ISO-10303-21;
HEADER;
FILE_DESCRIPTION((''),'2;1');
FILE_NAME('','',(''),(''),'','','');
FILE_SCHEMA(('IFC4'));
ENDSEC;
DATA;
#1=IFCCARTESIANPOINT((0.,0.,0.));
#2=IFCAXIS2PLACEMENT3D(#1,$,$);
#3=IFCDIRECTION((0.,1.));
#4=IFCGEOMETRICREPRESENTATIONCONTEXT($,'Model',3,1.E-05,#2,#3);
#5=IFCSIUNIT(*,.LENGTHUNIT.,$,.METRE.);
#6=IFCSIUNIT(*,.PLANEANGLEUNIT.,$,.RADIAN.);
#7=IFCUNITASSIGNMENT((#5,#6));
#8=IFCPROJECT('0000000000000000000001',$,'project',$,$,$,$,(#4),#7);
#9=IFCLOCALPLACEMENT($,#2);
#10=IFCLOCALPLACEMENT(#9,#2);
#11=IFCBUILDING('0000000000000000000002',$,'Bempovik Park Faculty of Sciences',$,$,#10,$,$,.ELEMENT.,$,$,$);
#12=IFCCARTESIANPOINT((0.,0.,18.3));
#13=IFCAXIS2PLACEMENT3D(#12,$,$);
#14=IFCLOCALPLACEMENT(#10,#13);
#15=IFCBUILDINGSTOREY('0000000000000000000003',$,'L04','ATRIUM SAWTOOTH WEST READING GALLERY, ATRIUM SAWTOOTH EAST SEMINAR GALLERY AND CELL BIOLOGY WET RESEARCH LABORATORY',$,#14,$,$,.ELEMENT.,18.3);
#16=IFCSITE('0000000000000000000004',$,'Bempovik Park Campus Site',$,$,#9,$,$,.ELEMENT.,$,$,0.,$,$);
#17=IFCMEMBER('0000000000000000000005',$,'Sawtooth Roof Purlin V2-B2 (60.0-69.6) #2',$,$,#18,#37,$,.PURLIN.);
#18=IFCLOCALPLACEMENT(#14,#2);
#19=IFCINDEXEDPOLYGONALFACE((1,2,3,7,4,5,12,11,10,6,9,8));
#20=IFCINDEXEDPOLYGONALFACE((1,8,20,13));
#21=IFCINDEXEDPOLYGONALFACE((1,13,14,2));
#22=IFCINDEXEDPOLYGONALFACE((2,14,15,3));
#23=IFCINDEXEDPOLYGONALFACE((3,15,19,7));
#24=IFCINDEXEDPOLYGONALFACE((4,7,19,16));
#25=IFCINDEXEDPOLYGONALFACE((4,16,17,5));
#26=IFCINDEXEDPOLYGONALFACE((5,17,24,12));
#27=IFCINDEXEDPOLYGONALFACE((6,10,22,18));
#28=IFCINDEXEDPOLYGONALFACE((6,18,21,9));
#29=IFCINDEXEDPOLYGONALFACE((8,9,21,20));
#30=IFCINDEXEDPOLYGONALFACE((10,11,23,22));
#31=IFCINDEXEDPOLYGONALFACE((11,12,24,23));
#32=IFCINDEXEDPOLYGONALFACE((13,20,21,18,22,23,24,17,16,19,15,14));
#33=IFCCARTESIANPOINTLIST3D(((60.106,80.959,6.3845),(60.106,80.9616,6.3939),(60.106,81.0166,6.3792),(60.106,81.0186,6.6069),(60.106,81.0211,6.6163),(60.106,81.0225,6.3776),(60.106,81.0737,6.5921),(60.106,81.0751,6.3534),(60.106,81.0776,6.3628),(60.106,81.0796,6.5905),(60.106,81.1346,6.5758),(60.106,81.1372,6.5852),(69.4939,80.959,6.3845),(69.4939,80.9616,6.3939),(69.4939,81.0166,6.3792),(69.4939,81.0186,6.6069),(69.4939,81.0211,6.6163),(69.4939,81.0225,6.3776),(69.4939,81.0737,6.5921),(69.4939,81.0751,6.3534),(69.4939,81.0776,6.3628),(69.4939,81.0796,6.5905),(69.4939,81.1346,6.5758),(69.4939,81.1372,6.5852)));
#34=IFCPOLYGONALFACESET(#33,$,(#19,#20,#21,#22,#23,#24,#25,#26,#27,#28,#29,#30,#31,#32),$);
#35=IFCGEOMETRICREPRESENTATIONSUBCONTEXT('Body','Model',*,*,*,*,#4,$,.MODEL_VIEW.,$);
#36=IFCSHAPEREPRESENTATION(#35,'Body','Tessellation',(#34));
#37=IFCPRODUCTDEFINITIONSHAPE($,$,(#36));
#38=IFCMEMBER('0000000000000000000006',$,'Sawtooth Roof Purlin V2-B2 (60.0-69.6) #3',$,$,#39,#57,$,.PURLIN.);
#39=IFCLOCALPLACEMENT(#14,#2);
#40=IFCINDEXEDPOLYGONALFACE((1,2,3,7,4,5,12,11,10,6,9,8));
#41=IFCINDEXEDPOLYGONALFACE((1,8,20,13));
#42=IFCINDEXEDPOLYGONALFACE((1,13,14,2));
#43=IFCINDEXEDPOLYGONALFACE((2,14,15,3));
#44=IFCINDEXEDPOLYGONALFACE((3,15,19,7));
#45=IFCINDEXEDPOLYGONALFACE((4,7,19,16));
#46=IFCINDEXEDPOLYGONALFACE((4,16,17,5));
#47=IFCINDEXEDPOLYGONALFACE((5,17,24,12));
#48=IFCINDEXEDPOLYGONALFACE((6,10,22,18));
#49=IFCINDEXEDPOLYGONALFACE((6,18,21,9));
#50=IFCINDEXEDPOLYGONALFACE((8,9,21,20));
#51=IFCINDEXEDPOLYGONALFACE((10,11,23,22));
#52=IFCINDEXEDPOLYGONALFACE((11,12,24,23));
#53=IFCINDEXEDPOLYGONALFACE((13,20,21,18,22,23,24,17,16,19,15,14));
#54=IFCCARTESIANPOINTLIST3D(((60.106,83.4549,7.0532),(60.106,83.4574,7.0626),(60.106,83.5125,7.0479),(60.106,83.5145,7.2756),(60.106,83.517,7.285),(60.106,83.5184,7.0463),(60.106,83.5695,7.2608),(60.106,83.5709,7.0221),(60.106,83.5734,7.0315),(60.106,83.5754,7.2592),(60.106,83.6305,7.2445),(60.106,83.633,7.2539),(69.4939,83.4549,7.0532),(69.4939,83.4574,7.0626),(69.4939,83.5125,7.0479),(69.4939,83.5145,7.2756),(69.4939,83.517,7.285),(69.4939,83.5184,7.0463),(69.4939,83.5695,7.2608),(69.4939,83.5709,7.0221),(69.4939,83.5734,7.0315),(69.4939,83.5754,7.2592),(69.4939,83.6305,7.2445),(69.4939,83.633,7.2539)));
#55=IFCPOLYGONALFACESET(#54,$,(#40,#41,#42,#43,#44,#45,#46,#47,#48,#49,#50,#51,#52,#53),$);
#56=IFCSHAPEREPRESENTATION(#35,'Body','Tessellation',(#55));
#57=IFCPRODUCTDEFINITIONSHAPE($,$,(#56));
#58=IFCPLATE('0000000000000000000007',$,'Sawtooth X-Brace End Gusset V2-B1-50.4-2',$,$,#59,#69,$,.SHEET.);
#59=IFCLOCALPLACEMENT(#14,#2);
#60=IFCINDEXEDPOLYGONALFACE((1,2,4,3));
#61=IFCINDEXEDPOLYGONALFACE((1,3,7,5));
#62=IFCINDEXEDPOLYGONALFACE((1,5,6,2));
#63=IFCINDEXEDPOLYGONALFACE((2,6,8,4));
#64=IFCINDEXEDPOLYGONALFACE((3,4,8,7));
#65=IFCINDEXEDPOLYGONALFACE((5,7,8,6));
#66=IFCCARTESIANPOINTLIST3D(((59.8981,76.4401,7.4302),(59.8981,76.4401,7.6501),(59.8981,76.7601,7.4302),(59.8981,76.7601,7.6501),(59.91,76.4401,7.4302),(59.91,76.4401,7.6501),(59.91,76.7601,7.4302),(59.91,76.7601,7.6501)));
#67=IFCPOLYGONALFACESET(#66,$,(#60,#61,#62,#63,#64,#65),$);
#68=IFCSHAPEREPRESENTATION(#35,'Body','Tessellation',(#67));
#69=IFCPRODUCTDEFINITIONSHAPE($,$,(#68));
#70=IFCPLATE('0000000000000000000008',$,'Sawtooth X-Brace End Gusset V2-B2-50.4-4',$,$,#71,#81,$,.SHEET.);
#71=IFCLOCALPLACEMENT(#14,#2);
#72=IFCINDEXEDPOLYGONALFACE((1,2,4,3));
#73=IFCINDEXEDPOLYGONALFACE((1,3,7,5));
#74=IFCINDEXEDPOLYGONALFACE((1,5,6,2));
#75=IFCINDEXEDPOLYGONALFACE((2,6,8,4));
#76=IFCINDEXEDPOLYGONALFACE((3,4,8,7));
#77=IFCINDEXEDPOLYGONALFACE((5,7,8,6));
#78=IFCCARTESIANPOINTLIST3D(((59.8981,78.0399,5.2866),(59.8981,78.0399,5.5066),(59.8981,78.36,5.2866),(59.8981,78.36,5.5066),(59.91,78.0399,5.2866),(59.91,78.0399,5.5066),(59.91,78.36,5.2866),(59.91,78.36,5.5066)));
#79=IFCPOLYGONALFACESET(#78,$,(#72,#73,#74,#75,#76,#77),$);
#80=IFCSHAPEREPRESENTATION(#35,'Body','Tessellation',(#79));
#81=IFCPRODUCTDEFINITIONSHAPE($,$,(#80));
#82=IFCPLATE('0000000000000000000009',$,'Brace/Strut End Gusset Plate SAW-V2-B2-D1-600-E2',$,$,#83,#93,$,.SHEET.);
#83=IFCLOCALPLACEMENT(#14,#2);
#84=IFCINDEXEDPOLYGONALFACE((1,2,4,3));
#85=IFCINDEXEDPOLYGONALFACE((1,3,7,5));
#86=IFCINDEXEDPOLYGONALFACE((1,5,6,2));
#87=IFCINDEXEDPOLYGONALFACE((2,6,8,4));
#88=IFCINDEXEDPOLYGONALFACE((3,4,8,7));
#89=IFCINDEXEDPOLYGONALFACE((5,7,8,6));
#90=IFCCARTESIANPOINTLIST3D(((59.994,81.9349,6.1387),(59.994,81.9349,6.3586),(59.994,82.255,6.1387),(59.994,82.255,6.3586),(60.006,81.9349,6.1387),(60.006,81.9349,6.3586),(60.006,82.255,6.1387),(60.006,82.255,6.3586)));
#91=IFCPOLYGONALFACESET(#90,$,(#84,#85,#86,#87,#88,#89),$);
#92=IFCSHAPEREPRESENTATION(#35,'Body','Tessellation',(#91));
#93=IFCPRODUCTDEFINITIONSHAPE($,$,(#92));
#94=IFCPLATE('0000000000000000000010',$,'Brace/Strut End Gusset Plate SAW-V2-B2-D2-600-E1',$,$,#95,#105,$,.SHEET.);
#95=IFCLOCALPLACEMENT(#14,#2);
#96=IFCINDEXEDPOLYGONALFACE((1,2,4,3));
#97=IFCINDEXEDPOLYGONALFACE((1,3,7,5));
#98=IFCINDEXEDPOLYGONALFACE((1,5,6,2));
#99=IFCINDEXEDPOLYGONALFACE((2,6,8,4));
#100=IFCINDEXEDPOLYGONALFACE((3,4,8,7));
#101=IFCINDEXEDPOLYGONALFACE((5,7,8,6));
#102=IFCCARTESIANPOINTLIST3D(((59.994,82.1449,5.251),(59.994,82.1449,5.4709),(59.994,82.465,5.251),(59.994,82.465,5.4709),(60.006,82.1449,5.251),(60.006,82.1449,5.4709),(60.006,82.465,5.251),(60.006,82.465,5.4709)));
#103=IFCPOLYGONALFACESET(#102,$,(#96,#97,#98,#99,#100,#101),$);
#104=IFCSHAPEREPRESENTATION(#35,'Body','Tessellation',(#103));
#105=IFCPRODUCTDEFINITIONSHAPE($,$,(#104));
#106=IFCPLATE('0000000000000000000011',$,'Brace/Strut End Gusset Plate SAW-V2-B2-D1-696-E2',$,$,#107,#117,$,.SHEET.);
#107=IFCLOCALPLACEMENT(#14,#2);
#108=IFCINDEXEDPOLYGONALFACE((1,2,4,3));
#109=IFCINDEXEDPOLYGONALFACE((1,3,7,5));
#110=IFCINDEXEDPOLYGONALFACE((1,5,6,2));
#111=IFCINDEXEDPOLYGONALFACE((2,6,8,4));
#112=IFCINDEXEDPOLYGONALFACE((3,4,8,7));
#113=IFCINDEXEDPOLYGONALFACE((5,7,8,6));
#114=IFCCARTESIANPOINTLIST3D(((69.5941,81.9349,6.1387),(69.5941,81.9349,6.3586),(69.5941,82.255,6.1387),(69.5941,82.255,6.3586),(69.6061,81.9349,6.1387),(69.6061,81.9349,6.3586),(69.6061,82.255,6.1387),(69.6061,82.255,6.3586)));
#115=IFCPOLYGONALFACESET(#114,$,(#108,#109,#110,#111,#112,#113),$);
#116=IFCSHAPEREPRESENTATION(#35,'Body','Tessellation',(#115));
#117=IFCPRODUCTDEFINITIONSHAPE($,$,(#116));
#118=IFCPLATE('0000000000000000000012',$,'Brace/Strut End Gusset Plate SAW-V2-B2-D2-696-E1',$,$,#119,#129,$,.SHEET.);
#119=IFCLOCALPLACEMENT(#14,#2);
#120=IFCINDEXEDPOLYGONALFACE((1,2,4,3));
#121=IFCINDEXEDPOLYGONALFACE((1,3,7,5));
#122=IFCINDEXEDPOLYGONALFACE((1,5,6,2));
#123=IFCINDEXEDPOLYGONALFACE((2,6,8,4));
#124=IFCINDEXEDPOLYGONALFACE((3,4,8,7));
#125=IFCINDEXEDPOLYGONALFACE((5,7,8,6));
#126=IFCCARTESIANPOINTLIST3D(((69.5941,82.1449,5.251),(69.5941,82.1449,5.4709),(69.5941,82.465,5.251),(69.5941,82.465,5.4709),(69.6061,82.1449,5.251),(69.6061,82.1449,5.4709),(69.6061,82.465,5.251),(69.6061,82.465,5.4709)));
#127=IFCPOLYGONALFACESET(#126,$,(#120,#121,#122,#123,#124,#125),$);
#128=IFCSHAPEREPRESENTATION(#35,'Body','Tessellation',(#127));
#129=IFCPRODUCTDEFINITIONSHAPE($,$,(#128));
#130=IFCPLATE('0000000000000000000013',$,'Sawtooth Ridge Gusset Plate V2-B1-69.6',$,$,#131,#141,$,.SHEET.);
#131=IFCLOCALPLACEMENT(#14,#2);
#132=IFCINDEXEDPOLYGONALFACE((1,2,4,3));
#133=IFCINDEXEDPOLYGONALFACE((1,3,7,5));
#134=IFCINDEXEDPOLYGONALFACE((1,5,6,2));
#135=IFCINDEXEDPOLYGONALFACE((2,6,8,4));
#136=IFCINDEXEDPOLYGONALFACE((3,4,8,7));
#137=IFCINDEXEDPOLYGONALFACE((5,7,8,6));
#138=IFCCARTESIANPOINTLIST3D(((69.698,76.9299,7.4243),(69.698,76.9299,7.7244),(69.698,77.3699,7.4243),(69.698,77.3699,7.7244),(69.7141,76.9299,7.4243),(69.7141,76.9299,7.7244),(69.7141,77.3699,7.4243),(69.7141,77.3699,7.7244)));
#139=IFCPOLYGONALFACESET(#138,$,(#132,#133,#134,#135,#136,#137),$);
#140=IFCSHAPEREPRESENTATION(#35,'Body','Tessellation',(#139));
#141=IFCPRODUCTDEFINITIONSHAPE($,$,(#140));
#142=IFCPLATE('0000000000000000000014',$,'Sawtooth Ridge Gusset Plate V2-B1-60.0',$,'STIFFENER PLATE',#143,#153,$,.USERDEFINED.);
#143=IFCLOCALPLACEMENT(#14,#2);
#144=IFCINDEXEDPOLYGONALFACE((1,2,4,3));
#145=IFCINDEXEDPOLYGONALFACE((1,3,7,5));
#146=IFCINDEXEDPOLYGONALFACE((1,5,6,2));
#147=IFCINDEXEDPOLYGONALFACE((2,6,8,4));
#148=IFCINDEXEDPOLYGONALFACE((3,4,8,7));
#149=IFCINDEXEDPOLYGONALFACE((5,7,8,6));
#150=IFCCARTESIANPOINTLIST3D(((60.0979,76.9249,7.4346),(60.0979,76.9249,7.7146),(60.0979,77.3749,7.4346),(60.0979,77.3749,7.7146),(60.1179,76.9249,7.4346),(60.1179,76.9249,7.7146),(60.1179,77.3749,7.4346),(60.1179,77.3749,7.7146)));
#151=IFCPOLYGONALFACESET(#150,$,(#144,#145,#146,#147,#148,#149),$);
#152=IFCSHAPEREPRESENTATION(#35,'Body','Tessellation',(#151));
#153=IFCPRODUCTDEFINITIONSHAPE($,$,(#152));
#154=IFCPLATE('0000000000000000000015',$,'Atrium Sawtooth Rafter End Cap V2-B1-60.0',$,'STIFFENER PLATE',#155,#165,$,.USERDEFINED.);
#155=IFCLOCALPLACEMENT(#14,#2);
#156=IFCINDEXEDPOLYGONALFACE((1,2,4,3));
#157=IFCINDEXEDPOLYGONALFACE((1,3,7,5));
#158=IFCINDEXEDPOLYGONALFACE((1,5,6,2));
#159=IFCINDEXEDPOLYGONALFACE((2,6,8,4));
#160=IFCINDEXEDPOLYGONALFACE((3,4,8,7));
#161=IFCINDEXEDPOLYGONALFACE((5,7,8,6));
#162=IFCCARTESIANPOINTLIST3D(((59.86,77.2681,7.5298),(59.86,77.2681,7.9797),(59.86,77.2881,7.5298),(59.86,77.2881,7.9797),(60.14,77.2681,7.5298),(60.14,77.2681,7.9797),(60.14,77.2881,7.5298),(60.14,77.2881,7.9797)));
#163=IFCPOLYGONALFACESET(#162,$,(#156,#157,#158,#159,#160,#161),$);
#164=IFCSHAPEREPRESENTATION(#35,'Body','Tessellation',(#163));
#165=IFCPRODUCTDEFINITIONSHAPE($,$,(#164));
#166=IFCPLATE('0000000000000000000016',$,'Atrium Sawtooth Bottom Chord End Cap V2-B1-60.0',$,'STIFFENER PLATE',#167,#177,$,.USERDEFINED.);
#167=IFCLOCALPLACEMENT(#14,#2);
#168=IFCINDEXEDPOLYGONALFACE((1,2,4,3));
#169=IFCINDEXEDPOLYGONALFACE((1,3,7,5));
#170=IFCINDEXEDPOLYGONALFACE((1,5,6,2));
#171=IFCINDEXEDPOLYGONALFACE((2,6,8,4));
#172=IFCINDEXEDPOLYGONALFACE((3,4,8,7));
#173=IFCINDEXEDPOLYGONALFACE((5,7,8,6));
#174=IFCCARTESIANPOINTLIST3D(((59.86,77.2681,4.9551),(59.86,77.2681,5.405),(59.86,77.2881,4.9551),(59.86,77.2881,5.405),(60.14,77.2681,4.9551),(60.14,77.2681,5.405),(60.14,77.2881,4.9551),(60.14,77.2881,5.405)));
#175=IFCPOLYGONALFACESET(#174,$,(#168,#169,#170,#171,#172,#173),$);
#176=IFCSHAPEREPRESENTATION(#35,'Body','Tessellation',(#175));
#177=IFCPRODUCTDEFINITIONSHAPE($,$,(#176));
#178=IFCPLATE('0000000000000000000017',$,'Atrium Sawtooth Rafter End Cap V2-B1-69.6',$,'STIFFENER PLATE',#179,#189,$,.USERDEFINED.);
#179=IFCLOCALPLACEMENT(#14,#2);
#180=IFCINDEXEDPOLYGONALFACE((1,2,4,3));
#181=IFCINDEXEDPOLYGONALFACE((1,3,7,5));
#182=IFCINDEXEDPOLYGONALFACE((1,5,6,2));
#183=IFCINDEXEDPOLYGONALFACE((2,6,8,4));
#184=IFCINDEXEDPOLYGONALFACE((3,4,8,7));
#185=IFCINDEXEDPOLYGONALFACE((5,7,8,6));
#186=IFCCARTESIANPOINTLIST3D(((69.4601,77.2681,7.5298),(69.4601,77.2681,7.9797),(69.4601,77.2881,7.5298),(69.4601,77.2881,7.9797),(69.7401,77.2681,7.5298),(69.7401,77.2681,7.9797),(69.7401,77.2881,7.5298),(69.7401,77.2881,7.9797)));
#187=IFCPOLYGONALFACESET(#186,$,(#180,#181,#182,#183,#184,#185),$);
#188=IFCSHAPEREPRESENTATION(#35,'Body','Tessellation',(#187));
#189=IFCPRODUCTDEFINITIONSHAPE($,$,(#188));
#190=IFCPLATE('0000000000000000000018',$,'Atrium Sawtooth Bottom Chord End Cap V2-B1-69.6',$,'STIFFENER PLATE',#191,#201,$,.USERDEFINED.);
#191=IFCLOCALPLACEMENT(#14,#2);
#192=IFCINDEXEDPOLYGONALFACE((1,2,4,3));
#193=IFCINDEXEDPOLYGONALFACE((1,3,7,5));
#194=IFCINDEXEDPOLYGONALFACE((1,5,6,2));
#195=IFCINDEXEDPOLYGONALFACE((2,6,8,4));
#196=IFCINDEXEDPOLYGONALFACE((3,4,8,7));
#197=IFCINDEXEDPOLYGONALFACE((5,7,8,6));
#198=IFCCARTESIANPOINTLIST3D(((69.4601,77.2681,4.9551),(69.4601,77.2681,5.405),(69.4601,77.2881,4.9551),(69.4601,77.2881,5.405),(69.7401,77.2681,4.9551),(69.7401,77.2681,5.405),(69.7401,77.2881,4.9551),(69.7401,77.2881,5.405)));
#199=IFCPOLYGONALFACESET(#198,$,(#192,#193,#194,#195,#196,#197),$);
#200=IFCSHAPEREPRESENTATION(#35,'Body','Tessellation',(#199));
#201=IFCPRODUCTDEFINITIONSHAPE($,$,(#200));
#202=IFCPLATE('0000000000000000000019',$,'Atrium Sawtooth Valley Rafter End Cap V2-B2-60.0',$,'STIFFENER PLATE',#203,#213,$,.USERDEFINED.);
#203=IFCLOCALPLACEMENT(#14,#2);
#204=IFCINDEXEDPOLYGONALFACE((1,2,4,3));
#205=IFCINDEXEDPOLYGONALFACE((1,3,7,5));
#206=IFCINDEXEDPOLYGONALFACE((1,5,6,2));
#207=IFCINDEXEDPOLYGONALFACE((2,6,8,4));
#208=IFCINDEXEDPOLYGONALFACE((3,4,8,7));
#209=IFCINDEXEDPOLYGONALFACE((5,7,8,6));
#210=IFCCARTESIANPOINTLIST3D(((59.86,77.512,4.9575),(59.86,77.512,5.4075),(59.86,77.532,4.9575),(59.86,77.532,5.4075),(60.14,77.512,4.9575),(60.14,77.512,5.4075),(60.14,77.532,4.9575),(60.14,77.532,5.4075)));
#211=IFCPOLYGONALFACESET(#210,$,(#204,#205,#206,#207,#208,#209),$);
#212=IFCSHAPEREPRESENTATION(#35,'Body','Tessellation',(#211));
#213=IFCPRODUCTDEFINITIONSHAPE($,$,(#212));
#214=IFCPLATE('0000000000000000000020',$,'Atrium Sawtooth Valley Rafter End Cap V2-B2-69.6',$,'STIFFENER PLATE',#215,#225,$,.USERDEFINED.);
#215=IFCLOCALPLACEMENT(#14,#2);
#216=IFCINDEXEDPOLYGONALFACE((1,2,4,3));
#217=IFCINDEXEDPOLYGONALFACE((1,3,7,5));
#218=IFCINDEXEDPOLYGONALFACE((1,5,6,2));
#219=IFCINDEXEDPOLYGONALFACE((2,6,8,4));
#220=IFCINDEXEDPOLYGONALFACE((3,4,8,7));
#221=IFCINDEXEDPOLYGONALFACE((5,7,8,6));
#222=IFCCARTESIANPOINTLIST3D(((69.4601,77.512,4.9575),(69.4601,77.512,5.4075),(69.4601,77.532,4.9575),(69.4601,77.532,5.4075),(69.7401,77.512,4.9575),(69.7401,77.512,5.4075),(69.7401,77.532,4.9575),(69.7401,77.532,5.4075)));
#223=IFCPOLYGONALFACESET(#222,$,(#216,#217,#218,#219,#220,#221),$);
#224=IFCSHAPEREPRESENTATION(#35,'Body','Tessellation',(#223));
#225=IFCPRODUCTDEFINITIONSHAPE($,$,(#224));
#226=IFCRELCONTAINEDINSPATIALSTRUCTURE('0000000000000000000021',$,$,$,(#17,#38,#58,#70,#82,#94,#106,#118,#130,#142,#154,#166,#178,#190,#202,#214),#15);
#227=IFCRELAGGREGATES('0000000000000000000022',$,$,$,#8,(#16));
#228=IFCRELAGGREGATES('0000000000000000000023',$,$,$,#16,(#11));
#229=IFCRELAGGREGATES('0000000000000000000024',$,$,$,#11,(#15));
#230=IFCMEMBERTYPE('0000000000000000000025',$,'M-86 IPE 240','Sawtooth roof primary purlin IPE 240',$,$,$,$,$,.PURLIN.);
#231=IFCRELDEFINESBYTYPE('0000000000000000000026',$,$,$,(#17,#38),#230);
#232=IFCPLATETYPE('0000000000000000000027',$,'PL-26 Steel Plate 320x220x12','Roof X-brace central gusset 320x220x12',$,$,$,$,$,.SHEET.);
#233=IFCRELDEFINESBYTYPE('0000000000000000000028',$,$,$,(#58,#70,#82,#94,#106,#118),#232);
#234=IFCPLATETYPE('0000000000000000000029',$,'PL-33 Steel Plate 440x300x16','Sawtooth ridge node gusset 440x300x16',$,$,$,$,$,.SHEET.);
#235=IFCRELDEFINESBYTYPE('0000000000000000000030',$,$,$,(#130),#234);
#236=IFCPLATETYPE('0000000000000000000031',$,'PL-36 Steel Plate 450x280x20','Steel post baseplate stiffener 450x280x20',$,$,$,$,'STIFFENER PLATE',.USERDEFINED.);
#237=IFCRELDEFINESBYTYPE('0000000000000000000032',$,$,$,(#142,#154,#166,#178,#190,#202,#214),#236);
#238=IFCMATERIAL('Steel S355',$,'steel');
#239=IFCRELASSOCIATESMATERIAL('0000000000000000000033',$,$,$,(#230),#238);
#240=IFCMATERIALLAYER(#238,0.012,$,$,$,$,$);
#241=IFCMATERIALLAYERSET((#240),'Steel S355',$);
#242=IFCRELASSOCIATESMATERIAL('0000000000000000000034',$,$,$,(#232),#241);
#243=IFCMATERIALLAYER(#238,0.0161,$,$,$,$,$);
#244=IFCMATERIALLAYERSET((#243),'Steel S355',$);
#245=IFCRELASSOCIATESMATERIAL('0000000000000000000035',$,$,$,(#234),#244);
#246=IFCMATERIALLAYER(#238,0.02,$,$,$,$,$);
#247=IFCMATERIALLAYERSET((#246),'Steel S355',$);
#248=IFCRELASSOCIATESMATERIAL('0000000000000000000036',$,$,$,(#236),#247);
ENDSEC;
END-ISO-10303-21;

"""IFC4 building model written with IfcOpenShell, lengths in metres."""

from ifc_helpers import new_model, si_unit, direction, frame, origin, origin_2d, place, context, subcontext, project, spatial, rectangle, i_section, extrude, material, layer, layer_set, material_profile, profile_set, type_object, element, save


model = new_model("IFC4")

# Units and contexts
model_context = context("Model", 3, precision=1e-05, world=origin(), true_north=direction((0.0, 1.0)))
body_context = subcontext(model_context, "Body", "Model", "MODEL_VIEW")
ifc_project = project(units=[si_unit("LENGTHUNIT", "METRE"), si_unit("PLANEANGLEUNIT", "RADIAN")], contexts=[model_context])

# Site, building, storey
site_placement = place(None, origin())
site = spatial("IfcSite", under=ifc_project, at=site_placement, Name="Bempovik Park Campus Site", CompositionType="ELEMENT", RefElevation=0.0)
building_placement = place(site_placement, origin())
building = spatial("IfcBuilding", under=site, at=building_placement, Name="Bempovik Park Faculty of Sciences", CompositionType="ELEMENT")
storey_placement = place(building_placement, frame((0.0, 0.0, 18.3)))
storey = spatial("IfcBuildingStorey", under=building, at=storey_placement, Name="L04", Description="ATRIUM SAWTOOTH WEST READING GALLERY, ATRIUM SAWTOOTH EAST SEMINAR GALLERY AND CELL BIOLOGY WET RESEARCH LABORATORY", CompositionType="ELEMENT", Elevation=18.3)

# Shared definitions
ifc_material_1 = material(Name="Steel S355", Category="steel")

# Members
ifc_material_profile_1 = material_profile(ifc_material_1, i_section(OverallWidth=0.1201, OverallDepth=0.24, WebThickness=0.0061, FlangeThickness=0.0098, at=origin_2d()), Name="IPE 240")
ifc_profile_set_1 = profile_set([ifc_material_profile_1], Name="Steel S355")
member_type_1 = type_object("IfcMemberType", Name="M-86 IPE 240", Description="Sawtooth roof primary purlin IPE 240", PredefinedType="PURLIN", material=ifc_profile_set_1)
for number, where, z_axis, x_axis, name in (
    (1, (60.106, 81.0481, 6.4849), (1.0, 0.0, 0.0), (0.0, 0.965926, -0.258819), "Sawtooth Roof Purlin V2-B2 (60.0-69.6) #2"),
    (2, (60.106, 83.5439, 7.1536), (1.0, 0.0, 0.0), (0.0, 0.965926, -0.258819), "Sawtooth Roof Purlin V2-B2 (60.0-69.6) #3"),
):
    element("IfcMember", number, at=place(storey_placement, frame(where, z_axis=z_axis, x_axis=x_axis)), inside=storey, type_object=member_type_1, Name=name, PredefinedType="PURLIN", context=body_context, shape_type="SweptSolid", body=[
        extrude(i_section(OverallWidth=0.1201, OverallDepth=0.24, WebThickness=0.0061, FlangeThickness=0.0098, at=origin_2d()), origin(), (0.0, 0.0, 1.0), 9.3879),
    ])

# Plates
ifc_layer_1 = layer(ifc_material_1, 0.012)
ifc_layer_set_1 = layer_set([ifc_layer_1], Name="Steel S355")
plate_type_1 = type_object("IfcPlateType", Name="PL-26 Steel Plate 320x220x12", Description="Roof X-brace central gusset 320x220x12", PredefinedType="SHEET", material=ifc_layer_set_1)
for number, where, z_axis, x_axis, name in (
    (3, (59.9041, 76.6001, 7.4302), (0.0, 0.0, 1.0), (1.0, 0.0, 0.0), "Sawtooth X-Brace End Gusset V2-B1-50.4-2"),
    (4, (59.9041, 78.2, 5.2866), (0.0, 0.0, 1.0), (1.0, 0.0, 0.0), "Sawtooth X-Brace End Gusset V2-B2-50.4-4"),
    (5, (60.0, 82.095, 6.1387), (0.0, 0.0, 1.0), (1.0, 0.0, 0.0), "Brace/Strut End Gusset Plate SAW-V2-B2-D1-600-E2"),
    (6, (60.0, 82.3049, 5.251), (0.0, 0.0, 1.0), (1.0, 0.0, 0.0), "Brace/Strut End Gusset Plate SAW-V2-B2-D2-600-E1"),
    (7, (69.6001, 82.095, 6.1387), (0.0, 0.0, 1.0), (1.0, 0.0, 0.0), "Brace/Strut End Gusset Plate SAW-V2-B2-D1-696-E2"),
    (8, (69.6001, 82.3049, 5.251), (0.0, 0.0, 1.0), (1.0, 0.0, 0.0), "Brace/Strut End Gusset Plate SAW-V2-B2-D2-696-E1"),
):
    element("IfcPlate", number, at=place(storey_placement, frame(where, z_axis=z_axis, x_axis=x_axis)), inside=storey, type_object=plate_type_1, Name=name, PredefinedType="SHEET", context=body_context, shape_type="SweptSolid", body=[
        extrude(rectangle(XDim=0.012, YDim=0.3201, at=origin_2d()), origin(), (0.0, 0.0, 1.0), 0.22),
    ])
ifc_layer_2 = layer(ifc_material_1, 0.0161)
ifc_layer_set_2 = layer_set([ifc_layer_2], Name="Steel S355")
plate_type_2 = type_object("IfcPlateType", Name="PL-33 Steel Plate 440x300x16", Description="Sawtooth ridge node gusset 440x300x16", PredefinedType="SHEET", material=ifc_layer_set_2)
plate_1_placement = place(storey_placement, frame((69.7061, 77.1499, 7.4243), z_axis=(0.0, 0.0, 1.0), x_axis=(1.0, 0.0, 0.0)))
element("IfcPlate", 9, at=plate_1_placement, inside=storey, type_object=plate_type_2, Name="Sawtooth Ridge Gusset Plate V2-B1-69.6", PredefinedType="SHEET", context=body_context, shape_type="SweptSolid", body=[
    extrude(rectangle(XDim=0.0161, YDim=0.4399, at=origin_2d()), origin(), (0.0, 0.0, 1.0), 0.3),
])
ifc_layer_3 = layer(ifc_material_1, 0.02)
ifc_layer_set_3 = layer_set([ifc_layer_3], Name="Steel S355")
plate_type_3 = type_object("IfcPlateType", Name="PL-36 Steel Plate 450x280x20", Description="Steel post baseplate stiffener 450x280x20", ElementType="STIFFENER PLATE", PredefinedType="USERDEFINED", material=ifc_layer_set_3)
plate_2_placement = place(storey_placement, frame((60.1079, 77.1499, 7.4346), z_axis=(0.0, 0.0, 1.0), x_axis=(1.0, 0.0, 0.0)))
element("IfcPlate", 10, at=plate_2_placement, inside=storey, type_object=plate_type_3, Name="Sawtooth Ridge Gusset Plate V2-B1-60.0", ObjectType="STIFFENER PLATE", PredefinedType="USERDEFINED", context=body_context, shape_type="SweptSolid", body=[
    extrude(rectangle(XDim=0.02, YDim=0.45, at=origin_2d()), origin(), (0.0, 0.0, 1.0), 0.28),
])
for number, where, z_axis, x_axis, name in (
    (11, (60.0, 77.2781, 7.5298), (0.0, 0.0, 1.0), (1.0, 0.0, 0.0), "Atrium Sawtooth Rafter End Cap V2-B1-60.0"),
    (12, (60.0, 77.2781, 4.9551), (0.0, 0.0, 1.0), (1.0, 0.0, 0.0), "Atrium Sawtooth Bottom Chord End Cap V2-B1-60.0"),
    (13, (69.6001, 77.2781, 7.5298), (0.0, 0.0, 1.0), (1.0, 0.0, 0.0), "Atrium Sawtooth Rafter End Cap V2-B1-69.6"),
    (14, (69.6001, 77.2781, 4.9551), (0.0, 0.0, 1.0), (1.0, 0.0, 0.0), "Atrium Sawtooth Bottom Chord End Cap V2-B1-69.6"),
    (15, (60.0, 77.522, 4.9575), (0.0, 0.0, 1.0), (1.0, 0.0, 0.0), "Atrium Sawtooth Valley Rafter End Cap V2-B2-60.0"),
    (16, (69.6001, 77.522, 4.9575), (0.0, 0.0, 1.0), (1.0, 0.0, 0.0), "Atrium Sawtooth Valley Rafter End Cap V2-B2-69.6"),
):
    element("IfcPlate", number, at=place(storey_placement, frame(where, z_axis=z_axis, x_axis=x_axis)), inside=storey, type_object=plate_type_3, Name=name, ObjectType="STIFFENER PLATE", PredefinedType="USERDEFINED", context=body_context, shape_type="SweptSolid", body=[
        extrude(rectangle(XDim=0.28, YDim=0.02, at=origin_2d()), origin(), (0.0, 0.0, 1.0), 0.45),
    ])

save(model, "model.ifc")
